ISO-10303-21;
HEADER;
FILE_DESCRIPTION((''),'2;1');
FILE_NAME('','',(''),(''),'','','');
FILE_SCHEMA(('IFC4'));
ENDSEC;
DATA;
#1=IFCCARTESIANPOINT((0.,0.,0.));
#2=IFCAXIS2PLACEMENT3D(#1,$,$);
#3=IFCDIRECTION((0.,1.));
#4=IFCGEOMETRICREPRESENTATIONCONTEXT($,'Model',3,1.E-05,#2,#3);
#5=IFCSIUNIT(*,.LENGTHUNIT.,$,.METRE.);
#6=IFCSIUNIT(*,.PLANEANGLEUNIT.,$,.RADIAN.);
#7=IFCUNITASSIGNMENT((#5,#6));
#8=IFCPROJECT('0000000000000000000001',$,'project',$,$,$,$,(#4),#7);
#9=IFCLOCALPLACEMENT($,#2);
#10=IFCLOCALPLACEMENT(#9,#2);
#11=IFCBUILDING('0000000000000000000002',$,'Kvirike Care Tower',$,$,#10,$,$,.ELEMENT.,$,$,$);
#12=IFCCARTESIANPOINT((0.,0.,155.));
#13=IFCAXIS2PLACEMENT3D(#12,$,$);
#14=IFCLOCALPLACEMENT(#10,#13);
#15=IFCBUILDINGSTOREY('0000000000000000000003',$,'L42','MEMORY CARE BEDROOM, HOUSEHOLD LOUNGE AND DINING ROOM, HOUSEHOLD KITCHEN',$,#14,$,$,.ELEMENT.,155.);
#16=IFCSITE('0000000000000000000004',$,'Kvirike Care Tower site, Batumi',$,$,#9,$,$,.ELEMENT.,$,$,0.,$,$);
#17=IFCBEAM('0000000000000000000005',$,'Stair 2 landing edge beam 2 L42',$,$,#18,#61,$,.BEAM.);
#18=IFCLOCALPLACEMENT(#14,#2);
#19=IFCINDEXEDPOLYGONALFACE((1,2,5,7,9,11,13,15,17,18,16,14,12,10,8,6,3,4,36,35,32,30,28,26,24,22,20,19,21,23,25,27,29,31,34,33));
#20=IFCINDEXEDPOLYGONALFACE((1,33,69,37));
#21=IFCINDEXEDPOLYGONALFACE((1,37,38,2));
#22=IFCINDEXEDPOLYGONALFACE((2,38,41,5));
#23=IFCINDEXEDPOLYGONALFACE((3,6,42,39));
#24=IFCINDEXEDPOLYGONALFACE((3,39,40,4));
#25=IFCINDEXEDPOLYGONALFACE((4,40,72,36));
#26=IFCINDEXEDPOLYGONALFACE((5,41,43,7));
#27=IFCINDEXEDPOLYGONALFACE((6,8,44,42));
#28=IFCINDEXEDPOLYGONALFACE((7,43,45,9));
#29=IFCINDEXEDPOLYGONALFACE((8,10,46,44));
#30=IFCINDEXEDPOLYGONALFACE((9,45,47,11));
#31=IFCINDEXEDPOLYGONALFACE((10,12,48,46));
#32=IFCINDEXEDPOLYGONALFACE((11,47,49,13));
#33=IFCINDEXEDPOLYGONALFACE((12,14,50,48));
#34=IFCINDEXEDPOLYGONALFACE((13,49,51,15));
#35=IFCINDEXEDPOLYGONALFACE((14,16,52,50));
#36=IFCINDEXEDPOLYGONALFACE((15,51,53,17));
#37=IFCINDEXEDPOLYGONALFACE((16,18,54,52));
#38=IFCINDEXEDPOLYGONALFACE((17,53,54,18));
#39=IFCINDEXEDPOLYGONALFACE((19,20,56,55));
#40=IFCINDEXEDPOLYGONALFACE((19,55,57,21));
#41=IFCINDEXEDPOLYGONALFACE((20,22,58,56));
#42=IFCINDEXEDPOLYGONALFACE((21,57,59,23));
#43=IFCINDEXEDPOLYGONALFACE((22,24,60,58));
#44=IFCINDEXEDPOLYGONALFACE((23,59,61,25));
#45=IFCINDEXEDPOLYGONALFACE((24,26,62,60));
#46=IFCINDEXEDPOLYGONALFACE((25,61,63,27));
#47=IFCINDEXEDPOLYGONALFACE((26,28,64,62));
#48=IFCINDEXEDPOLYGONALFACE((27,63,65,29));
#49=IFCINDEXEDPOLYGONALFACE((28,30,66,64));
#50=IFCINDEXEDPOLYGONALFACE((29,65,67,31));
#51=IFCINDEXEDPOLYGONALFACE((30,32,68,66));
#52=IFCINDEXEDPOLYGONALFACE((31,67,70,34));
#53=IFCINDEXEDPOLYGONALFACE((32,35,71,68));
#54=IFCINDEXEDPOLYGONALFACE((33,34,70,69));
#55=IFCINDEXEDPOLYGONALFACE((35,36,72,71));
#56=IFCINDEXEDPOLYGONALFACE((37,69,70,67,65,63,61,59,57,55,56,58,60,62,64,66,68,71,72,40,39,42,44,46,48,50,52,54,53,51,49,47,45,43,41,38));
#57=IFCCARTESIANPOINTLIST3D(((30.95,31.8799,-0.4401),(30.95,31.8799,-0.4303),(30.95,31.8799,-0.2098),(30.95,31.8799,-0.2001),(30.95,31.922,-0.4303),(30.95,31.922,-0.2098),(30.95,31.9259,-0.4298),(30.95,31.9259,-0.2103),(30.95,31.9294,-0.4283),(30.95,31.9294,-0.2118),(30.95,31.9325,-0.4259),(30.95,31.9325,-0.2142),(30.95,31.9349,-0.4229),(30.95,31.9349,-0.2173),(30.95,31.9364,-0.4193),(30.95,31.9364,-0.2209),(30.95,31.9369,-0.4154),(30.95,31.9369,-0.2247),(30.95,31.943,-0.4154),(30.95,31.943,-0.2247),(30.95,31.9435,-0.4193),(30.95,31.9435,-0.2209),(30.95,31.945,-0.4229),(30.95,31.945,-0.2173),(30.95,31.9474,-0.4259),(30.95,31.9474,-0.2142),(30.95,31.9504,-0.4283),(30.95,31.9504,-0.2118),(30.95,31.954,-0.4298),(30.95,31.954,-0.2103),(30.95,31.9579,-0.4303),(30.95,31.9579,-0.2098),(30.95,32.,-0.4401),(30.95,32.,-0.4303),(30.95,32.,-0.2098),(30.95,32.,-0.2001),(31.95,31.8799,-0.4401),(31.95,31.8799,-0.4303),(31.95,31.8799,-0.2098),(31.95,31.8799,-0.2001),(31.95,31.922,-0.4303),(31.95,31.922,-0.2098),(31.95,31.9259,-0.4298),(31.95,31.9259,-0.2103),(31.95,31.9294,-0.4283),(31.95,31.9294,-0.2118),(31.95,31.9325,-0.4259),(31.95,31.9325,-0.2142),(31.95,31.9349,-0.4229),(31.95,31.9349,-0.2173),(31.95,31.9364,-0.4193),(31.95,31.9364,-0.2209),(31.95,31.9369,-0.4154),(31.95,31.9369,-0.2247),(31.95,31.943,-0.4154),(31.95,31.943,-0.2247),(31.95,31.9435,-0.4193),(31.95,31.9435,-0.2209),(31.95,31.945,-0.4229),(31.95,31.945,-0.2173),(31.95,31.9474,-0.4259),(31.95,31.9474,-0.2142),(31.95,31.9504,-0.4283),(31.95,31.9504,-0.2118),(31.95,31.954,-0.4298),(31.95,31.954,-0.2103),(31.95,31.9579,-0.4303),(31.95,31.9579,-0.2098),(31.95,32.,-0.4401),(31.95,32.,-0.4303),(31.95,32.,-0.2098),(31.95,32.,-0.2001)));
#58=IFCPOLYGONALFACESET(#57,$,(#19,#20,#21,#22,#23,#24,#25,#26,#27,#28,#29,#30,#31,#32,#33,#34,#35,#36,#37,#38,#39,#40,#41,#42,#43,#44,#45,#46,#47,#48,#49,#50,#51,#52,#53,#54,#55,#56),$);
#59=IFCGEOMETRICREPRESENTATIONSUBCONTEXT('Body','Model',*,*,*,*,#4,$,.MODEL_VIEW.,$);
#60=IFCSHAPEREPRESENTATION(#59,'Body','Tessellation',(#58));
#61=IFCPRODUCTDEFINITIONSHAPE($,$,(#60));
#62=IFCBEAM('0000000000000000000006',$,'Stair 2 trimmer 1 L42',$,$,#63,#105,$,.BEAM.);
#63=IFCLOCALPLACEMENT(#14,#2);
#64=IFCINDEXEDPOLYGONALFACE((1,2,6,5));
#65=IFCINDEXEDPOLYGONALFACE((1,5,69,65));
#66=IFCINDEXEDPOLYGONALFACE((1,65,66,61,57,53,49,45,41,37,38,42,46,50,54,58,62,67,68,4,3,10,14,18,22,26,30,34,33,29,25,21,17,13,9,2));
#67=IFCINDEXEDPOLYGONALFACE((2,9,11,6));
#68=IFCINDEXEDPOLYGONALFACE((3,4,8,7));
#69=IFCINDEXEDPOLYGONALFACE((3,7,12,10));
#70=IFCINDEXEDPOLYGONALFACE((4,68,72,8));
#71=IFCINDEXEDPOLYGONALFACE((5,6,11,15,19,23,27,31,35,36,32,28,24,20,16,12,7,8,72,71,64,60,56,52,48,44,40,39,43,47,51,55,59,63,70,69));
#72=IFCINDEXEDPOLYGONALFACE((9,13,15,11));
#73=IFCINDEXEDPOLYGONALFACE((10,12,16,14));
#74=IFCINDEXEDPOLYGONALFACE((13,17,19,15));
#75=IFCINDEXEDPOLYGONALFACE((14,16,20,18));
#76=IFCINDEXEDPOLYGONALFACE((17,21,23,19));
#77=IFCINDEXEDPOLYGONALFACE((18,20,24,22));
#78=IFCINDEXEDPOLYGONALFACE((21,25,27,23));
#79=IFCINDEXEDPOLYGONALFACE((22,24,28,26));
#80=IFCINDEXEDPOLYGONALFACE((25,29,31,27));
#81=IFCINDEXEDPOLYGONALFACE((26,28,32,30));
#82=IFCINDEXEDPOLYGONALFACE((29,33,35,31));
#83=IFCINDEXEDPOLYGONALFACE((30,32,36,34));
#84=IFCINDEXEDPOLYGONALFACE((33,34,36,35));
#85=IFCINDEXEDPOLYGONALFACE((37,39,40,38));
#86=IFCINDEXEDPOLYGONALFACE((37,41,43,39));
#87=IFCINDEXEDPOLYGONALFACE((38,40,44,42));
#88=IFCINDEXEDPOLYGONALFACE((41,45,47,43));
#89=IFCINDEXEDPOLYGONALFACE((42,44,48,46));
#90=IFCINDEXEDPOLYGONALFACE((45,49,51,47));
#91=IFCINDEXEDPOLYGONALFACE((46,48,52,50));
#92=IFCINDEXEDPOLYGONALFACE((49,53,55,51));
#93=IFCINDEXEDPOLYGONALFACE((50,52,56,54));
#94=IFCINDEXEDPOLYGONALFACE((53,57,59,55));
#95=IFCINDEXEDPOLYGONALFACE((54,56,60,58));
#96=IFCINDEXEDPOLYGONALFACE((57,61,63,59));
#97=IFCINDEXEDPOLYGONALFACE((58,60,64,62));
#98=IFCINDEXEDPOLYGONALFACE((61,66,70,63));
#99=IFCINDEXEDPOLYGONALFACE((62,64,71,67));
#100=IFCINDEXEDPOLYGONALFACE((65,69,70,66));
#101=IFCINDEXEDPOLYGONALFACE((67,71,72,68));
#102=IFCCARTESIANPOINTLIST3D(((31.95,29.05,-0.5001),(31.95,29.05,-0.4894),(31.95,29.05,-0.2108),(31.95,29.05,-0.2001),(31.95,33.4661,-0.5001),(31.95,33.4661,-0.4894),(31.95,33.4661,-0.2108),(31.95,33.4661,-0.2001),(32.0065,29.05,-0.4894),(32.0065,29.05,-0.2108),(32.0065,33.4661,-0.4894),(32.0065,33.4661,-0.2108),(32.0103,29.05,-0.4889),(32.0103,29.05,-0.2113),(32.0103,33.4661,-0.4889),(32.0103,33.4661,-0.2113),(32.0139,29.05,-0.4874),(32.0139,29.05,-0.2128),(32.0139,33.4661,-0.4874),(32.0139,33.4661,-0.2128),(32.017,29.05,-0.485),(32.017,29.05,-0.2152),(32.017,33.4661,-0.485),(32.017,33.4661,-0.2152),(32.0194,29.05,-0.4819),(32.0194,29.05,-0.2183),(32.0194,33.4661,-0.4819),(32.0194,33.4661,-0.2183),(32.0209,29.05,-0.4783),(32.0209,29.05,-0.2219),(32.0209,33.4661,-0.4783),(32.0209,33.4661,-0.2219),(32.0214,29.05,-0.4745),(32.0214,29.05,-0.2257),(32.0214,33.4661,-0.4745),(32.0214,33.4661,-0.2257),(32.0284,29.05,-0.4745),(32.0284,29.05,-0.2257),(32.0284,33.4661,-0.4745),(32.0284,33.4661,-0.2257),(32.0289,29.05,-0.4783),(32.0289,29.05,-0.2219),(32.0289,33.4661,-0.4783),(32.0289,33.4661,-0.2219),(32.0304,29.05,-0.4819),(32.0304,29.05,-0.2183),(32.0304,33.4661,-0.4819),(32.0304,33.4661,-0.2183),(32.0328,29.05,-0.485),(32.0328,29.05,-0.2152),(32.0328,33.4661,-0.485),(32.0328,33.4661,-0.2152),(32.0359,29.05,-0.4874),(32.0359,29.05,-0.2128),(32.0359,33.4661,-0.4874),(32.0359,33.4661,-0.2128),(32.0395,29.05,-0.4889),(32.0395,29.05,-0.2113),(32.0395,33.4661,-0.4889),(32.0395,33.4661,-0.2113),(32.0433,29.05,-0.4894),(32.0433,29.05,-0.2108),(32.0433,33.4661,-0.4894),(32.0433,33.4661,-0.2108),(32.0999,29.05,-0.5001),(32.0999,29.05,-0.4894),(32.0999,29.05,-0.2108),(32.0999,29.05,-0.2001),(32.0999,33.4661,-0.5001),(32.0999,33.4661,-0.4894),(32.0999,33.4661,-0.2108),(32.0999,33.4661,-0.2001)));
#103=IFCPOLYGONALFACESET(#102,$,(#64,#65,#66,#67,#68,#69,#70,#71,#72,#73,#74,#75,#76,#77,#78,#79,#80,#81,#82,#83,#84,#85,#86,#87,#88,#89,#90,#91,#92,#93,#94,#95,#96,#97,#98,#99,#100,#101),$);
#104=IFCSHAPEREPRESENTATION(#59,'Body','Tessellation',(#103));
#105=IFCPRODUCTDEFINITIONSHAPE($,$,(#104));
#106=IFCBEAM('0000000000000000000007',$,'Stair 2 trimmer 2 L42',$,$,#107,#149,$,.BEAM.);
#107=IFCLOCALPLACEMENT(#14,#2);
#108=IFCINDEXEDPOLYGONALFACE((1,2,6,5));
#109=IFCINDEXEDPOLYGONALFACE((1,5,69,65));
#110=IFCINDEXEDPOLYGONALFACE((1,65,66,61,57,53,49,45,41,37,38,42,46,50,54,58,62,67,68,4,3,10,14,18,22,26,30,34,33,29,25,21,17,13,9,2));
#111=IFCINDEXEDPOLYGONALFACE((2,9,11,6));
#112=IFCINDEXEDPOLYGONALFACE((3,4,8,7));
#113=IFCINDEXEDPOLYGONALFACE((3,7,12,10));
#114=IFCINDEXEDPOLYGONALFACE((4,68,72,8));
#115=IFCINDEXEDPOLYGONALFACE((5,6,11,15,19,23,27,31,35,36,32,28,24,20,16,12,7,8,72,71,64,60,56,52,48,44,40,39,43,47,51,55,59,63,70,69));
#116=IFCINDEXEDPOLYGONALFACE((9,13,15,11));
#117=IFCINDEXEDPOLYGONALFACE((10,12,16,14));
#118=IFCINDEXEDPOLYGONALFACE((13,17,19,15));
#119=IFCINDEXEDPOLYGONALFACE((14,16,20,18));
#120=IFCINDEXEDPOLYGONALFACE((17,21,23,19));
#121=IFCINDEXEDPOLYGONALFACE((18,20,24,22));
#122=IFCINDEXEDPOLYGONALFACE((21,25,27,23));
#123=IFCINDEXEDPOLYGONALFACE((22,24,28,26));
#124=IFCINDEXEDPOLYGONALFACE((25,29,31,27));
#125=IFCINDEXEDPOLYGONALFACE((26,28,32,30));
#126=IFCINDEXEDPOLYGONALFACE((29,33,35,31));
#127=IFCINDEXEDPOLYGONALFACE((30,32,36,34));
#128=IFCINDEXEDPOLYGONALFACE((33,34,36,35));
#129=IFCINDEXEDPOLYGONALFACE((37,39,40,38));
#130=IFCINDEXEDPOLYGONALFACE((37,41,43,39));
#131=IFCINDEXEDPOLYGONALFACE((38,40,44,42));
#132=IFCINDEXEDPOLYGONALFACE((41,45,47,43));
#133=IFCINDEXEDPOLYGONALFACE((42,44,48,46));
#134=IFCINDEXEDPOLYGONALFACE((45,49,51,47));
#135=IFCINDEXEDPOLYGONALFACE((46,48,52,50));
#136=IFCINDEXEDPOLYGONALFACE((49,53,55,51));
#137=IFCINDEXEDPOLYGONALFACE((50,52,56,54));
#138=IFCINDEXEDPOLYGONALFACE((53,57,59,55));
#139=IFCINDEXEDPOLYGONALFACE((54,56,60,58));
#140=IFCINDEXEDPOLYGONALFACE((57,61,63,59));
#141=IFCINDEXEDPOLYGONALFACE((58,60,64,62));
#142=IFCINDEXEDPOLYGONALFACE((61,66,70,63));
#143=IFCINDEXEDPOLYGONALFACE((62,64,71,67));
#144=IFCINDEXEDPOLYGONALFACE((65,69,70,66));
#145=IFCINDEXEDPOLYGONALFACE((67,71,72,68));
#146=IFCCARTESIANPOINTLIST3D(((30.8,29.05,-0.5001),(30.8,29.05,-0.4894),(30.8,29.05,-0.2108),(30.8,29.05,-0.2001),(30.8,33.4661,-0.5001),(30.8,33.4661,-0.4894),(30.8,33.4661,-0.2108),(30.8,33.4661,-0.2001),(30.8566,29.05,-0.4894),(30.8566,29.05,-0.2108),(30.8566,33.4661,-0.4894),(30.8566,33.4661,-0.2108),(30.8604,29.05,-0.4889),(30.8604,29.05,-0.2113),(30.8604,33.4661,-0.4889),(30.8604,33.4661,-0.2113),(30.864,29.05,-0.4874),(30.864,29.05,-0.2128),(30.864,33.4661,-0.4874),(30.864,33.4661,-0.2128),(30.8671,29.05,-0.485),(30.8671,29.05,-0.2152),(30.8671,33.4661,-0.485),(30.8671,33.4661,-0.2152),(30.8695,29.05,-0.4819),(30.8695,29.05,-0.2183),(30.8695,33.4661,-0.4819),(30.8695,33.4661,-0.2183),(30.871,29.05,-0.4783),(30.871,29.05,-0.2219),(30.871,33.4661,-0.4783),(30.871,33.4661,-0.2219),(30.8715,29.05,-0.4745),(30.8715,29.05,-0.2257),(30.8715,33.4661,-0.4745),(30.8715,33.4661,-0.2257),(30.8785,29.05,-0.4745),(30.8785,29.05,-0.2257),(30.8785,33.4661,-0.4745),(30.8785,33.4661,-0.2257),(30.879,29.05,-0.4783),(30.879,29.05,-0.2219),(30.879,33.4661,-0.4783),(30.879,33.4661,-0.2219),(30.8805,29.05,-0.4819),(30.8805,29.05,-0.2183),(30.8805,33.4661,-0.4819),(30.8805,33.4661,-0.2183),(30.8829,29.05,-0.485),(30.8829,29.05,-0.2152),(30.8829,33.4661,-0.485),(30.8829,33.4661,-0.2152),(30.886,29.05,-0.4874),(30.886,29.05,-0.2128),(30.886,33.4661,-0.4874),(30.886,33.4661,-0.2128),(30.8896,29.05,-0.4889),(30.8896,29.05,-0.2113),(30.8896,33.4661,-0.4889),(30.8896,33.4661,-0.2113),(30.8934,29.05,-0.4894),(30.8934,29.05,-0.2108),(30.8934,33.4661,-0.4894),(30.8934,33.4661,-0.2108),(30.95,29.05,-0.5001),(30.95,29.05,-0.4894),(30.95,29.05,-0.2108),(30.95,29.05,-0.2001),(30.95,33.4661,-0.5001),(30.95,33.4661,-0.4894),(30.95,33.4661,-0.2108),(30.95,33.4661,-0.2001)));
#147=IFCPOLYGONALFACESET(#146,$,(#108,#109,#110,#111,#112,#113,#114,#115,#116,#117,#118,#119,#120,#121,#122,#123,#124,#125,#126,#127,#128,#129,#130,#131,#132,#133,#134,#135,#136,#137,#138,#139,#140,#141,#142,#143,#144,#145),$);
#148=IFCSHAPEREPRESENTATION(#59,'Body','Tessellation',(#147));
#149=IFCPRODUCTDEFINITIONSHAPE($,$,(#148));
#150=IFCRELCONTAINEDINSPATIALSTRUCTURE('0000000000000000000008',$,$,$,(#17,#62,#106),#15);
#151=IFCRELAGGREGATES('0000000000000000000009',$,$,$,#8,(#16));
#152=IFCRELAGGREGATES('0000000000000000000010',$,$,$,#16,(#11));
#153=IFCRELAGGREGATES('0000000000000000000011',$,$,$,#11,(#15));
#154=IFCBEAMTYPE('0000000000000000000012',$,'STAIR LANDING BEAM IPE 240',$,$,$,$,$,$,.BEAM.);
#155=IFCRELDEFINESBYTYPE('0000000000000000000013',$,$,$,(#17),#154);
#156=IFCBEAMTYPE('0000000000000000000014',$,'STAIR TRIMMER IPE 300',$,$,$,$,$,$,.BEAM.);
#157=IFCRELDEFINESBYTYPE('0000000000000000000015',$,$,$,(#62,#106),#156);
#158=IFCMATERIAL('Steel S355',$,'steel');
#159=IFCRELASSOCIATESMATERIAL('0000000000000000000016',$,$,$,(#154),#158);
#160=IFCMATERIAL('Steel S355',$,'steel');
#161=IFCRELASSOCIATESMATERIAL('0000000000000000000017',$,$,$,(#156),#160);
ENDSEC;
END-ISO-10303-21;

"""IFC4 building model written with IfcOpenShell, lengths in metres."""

from ifc_helpers import new_model, si_unit, direction, frame, origin, origin_2d, place, context, subcontext, project, spatial, i_section, extrude, material, material_profile, profile_set, type_object, element, save


model = new_model("IFC4")

# Units and contexts
model_context = context("Model", 3, precision=1e-05, world=origin(), true_north=direction((0.0, 1.0)))
body_context = subcontext(model_context, "Body", "Model", "MODEL_VIEW")
ifc_project = project(units=[si_unit("LENGTHUNIT", "METRE"), si_unit("PLANEANGLEUNIT", "RADIAN")], contexts=[model_context])

# Site, building, storey
site_placement = place(None, origin())
site = spatial("IfcSite", under=ifc_project, at=site_placement, Name="Kvirike Care Tower site, Batumi", CompositionType="ELEMENT", RefElevation=0.0)
building_placement = place(site_placement, origin())
building = spatial("IfcBuilding", under=site, at=building_placement, Name="Kvirike Care Tower", CompositionType="ELEMENT")
storey_placement = place(building_placement, frame((0.0, 0.0, 155.0)))
storey = spatial("IfcBuildingStorey", under=building, at=storey_placement, Name="L42", Description="MEMORY CARE BEDROOM, HOUSEHOLD LOUNGE AND DINING ROOM, HOUSEHOLD KITCHEN", CompositionType="ELEMENT", Elevation=155.0)

# Beams
ifc_material_1 = material(Name="Steel S355", Category="steel")
ifc_material_profile_1 = material_profile(ifc_material_1, i_section(OverallWidth=0.1201, OverallDepth=0.24, WebThickness=0.0061, FlangeThickness=0.0098, FilletRadius=0.0149, at=origin_2d()), Name="IPE 240")
ifc_profile_set_1 = profile_set([ifc_material_profile_1], Name="Steel S355")
beam_type_1 = type_object("IfcBeamType", Name="STAIR LANDING BEAM IPE 240", PredefinedType="BEAM", material=ifc_profile_set_1)
for number, where, z_axis, x_axis, name in (
    (1, (31.95, 31.9399, -0.3201), (-1.0, 0.0, 0.0), (0.0, -1.0, 0.0), "Stair 2 landing edge beam 2 L42"),
):
    element("IfcBeam", number, at=place(storey_placement, frame(where, z_axis=z_axis, x_axis=x_axis)), inside=storey, type_object=beam_type_1, Name=name, PredefinedType="BEAM", context=body_context, shape_type="SweptSolid", body=[
        extrude(i_section(OverallWidth=0.1201, OverallDepth=0.24, WebThickness=0.0061, FlangeThickness=0.0098, FilletRadius=0.0149, at=origin_2d()), origin(), (0.0, 0.0, 1.0), 1.0),
    ])
ifc_material_2 = material(Name="Steel S355", Category="steel")
ifc_material_profile_2 = material_profile(ifc_material_2, i_section(OverallWidth=0.1499, OverallDepth=0.3, WebThickness=0.0071, FlangeThickness=0.0107, FilletRadius=0.0149, at=origin_2d()), Name="IPE 300")
ifc_profile_set_2 = profile_set([ifc_material_profile_2], Name="Steel S355")
beam_type_2 = type_object("IfcBeamType", Name="STAIR TRIMMER IPE 300", PredefinedType="BEAM", material=ifc_profile_set_2)
for number, where, z_axis, x_axis, name in (
    (2, (32.0249, 29.05, -0.3501), (0.0, 1.0, 0.0), (-1.0, 0.0, 0.0), "Stair 2 trimmer 1 L42"),
    (3, (30.875, 29.05, -0.3501), (0.0, 1.0, 0.0), (-1.0, 0.0, 0.0), "Stair 2 trimmer 2 L42"),
):
    element("IfcBeam", number, at=place(storey_placement, frame(where, z_axis=z_axis, x_axis=x_axis)), inside=storey, type_object=beam_type_2, Name=name, PredefinedType="BEAM", context=body_context, shape_type="SweptSolid", body=[
        extrude(i_section(OverallWidth=0.1499, OverallDepth=0.3, WebThickness=0.0071, FlangeThickness=0.0107, FilletRadius=0.0149, at=origin_2d()), origin(), (0.0, 0.0, 1.0), 4.416),
    ])

save(model, "model.ifc")
